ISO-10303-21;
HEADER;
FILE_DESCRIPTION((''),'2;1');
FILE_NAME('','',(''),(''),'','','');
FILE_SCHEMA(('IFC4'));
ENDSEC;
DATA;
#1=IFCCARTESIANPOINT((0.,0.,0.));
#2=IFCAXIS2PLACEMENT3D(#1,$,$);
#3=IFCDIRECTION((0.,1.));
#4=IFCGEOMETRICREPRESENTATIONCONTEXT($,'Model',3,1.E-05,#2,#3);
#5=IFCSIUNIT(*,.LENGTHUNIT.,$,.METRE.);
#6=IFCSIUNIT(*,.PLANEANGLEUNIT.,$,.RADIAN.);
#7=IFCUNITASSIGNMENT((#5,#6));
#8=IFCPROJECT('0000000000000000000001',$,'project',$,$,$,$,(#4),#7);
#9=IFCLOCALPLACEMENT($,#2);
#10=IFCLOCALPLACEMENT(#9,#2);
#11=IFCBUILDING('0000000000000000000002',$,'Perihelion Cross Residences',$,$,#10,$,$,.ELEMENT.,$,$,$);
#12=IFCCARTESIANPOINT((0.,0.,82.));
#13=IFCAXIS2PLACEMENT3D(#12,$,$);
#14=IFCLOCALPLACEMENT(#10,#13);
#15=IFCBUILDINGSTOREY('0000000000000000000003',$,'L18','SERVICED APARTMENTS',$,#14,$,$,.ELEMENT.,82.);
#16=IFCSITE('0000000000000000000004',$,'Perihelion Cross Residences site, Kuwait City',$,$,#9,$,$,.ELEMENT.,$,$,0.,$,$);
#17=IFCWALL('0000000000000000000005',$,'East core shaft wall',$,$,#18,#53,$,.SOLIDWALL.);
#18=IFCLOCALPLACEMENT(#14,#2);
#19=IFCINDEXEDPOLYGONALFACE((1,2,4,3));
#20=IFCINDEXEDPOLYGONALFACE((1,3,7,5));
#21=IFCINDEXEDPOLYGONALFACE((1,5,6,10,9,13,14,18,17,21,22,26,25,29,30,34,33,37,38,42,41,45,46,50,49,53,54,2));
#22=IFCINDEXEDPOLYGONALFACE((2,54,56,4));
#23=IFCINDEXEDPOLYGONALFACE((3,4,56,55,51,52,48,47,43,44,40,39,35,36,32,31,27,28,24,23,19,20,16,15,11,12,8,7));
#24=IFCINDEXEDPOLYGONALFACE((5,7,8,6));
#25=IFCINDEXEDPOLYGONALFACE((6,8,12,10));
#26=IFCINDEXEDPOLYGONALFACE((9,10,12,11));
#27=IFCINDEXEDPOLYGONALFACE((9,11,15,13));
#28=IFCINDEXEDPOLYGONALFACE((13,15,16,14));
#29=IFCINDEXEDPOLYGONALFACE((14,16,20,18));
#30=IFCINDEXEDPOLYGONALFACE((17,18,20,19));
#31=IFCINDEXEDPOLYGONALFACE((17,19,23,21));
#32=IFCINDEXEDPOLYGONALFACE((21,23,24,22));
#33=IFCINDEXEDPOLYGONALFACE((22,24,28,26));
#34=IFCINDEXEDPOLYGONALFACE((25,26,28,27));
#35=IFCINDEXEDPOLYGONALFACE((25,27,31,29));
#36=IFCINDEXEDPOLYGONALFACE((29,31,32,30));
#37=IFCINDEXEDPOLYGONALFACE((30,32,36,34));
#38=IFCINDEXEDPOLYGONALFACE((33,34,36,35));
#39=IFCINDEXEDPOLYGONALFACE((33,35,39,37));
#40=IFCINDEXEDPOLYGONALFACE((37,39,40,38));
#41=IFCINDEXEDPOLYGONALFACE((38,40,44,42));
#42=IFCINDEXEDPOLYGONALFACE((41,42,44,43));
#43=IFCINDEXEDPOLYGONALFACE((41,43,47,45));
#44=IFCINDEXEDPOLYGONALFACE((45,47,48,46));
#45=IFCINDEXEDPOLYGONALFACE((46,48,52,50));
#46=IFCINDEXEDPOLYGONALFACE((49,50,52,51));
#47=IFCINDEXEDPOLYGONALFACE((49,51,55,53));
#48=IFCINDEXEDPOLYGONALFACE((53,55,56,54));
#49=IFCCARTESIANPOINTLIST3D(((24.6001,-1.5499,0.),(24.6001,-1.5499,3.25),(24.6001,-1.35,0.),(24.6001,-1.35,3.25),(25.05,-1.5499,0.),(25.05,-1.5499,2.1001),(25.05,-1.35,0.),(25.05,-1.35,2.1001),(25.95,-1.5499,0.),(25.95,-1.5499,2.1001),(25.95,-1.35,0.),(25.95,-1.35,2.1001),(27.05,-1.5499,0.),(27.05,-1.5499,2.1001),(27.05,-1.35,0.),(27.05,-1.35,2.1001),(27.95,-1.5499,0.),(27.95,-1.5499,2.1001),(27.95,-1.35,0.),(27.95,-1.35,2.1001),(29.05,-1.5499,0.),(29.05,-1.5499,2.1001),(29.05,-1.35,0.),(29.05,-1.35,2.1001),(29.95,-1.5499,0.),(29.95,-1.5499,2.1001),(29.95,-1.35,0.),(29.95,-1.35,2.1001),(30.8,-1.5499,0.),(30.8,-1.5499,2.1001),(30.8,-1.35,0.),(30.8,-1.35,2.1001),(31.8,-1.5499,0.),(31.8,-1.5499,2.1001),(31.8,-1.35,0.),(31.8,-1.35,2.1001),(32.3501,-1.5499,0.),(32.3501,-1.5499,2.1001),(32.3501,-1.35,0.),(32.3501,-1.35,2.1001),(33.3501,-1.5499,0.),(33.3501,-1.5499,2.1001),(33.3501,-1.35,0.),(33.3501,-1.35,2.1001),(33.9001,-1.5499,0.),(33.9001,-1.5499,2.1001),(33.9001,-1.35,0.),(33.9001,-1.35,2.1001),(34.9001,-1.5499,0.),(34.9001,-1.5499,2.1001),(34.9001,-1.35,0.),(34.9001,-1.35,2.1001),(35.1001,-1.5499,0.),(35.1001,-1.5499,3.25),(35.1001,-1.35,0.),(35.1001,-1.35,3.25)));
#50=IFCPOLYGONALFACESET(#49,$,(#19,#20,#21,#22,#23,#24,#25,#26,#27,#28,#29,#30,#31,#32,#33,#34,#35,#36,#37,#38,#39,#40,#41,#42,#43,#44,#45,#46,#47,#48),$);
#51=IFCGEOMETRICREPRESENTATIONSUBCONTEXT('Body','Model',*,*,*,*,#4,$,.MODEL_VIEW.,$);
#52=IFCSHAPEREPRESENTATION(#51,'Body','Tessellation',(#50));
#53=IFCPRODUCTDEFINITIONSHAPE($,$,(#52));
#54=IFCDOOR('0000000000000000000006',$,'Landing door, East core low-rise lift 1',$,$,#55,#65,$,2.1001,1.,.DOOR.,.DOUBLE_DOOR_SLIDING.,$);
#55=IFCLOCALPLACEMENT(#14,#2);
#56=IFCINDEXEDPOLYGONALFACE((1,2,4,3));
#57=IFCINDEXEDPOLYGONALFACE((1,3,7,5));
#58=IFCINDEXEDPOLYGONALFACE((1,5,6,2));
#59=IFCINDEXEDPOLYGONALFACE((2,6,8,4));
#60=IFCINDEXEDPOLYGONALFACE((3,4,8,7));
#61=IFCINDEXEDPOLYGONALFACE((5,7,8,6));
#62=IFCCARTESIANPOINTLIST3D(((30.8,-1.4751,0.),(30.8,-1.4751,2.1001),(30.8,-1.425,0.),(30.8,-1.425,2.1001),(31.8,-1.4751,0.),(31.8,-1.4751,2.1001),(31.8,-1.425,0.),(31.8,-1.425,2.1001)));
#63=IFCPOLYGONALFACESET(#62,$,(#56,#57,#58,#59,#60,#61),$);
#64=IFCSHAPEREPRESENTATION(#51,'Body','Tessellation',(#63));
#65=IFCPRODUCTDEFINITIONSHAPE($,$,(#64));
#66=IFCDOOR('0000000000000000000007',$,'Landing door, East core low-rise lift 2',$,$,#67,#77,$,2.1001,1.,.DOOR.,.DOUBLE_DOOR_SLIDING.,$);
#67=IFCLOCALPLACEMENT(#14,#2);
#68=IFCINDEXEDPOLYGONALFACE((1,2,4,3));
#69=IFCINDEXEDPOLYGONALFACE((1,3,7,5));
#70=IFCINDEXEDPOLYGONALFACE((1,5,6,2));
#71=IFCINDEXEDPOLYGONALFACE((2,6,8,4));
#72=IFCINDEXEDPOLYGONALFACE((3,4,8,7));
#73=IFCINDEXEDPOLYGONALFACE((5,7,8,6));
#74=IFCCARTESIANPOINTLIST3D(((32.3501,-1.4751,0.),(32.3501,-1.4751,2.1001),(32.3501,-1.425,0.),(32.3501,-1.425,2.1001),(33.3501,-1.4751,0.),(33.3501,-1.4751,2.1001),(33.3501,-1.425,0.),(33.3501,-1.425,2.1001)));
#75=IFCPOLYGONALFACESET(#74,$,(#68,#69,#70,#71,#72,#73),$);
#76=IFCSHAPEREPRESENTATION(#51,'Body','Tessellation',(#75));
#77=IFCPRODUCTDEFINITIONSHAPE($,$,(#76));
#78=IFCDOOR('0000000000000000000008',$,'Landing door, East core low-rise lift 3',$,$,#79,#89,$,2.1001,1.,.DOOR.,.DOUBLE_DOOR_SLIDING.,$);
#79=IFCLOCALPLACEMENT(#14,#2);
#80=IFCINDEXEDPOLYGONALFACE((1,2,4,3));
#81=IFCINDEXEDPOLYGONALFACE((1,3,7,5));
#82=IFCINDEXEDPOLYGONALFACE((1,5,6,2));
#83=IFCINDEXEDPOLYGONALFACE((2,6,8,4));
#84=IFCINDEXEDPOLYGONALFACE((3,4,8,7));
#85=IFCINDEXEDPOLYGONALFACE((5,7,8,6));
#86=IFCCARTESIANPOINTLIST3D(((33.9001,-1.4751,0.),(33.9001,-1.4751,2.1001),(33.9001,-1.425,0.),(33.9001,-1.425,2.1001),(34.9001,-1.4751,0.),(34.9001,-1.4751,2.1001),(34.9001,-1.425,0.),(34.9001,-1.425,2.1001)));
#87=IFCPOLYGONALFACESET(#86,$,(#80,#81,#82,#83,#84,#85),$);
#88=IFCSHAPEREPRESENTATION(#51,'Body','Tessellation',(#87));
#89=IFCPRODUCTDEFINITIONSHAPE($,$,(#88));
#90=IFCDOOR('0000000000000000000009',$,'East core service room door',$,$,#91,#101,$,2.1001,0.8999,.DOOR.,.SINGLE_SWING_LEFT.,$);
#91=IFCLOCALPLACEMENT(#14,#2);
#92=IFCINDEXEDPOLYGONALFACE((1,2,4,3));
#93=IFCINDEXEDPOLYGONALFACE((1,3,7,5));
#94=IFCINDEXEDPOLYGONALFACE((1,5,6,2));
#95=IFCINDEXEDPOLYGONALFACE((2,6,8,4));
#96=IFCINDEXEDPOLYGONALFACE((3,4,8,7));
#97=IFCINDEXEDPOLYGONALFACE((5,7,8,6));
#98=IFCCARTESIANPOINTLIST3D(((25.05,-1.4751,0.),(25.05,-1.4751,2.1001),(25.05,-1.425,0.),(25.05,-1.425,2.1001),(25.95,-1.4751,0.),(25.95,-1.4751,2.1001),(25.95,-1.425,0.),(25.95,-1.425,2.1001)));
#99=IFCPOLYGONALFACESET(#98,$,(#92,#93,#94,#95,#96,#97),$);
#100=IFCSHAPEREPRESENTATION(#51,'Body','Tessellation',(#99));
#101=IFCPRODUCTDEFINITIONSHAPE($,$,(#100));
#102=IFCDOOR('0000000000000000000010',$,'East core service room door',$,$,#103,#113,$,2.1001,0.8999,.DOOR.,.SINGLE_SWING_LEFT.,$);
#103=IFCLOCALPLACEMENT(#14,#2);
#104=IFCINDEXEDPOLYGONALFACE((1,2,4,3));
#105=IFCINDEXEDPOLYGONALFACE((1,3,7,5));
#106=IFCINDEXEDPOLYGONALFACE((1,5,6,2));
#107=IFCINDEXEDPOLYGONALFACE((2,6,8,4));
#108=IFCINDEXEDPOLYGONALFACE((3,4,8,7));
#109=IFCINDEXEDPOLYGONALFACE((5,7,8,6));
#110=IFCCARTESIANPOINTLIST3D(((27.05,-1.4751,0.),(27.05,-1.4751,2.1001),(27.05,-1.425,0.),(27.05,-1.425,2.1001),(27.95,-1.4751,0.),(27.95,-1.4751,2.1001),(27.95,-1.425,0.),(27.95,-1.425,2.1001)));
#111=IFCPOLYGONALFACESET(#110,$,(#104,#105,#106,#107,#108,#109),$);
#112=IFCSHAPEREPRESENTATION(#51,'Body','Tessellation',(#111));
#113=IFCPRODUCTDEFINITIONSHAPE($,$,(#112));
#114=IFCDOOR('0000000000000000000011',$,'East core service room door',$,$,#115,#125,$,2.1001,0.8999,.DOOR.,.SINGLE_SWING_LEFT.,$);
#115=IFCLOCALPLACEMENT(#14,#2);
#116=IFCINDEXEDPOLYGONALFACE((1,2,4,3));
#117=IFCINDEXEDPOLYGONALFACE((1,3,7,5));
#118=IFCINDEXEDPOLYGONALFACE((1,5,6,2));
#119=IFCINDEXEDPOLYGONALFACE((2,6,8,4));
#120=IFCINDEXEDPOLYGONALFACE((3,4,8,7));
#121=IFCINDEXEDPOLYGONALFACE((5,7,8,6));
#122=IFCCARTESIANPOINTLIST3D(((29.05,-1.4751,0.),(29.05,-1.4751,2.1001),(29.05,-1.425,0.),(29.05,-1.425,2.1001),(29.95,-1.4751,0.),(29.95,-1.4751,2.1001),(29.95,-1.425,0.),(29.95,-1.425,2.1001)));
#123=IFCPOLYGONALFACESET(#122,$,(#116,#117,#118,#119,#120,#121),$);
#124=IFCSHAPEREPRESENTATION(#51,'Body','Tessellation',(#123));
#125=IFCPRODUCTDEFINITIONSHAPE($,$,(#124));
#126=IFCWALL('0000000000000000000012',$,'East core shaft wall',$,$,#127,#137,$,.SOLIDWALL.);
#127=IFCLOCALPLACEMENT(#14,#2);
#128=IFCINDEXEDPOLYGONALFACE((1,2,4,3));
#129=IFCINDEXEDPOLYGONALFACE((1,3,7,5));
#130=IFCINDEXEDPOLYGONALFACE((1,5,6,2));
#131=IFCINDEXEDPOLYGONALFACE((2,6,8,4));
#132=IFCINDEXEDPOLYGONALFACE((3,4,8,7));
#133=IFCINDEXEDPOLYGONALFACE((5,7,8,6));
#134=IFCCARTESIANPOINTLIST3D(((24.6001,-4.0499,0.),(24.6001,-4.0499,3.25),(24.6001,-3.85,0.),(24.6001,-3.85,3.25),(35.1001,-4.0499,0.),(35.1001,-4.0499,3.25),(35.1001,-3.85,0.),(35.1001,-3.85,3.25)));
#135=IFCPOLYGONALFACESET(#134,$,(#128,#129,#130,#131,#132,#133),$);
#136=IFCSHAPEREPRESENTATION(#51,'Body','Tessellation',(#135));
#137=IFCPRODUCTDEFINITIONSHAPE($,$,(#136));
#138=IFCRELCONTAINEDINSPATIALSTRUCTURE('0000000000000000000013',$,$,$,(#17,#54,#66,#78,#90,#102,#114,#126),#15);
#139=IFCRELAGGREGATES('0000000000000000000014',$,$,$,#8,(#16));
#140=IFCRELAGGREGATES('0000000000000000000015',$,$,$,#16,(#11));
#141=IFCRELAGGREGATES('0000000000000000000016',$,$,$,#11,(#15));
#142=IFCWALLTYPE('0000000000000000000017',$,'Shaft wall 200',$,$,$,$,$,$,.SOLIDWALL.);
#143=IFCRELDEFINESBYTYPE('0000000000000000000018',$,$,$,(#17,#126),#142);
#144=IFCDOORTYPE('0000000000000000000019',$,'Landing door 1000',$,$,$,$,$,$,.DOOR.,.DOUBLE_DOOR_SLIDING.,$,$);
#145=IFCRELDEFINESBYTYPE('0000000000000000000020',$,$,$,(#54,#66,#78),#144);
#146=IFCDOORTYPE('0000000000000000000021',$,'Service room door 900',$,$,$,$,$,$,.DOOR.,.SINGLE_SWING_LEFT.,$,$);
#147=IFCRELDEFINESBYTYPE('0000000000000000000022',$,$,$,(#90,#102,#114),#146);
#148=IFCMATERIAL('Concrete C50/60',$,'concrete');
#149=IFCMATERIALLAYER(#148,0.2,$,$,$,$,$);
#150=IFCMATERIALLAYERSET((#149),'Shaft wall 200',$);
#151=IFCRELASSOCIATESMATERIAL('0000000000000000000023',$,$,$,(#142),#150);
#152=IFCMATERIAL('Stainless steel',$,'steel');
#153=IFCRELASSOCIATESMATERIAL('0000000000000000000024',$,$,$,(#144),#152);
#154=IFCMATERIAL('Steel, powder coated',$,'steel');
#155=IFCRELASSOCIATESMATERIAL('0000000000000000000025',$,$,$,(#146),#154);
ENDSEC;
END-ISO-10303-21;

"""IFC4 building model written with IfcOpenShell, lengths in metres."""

from ifc_helpers import new_model, si_unit, direction, frame, frame_2d, origin, place, context, subcontext, project, spatial, rectangle, extrude, material, layer, layer_set, type_object, element, fill, save


model = new_model("IFC4")

# Units and contexts
model_context = context("Model", 3, precision=1e-05, world=origin(), true_north=direction((0.0, 1.0)))
body_context = subcontext(model_context, "Body", "Model", "MODEL_VIEW")
ifc_project = project(units=[si_unit("LENGTHUNIT", "METRE"), si_unit("PLANEANGLEUNIT", "RADIAN")], contexts=[model_context])

# Site, building, storey
site_placement = place(None, origin())
site = spatial("IfcSite", under=ifc_project, at=site_placement, Name="Perihelion Cross Residences site, Kuwait City", CompositionType="ELEMENT", RefElevation=0.0)
building_placement = place(site_placement, origin())
building = spatial("IfcBuilding", under=site, at=building_placement, Name="Perihelion Cross Residences", CompositionType="ELEMENT")
storey_placement = place(building_placement, frame((0.0, 0.0, 82.0)))
storey = spatial("IfcBuildingStorey", under=building, at=storey_placement, Name="L18", Description="SERVICED APARTMENTS", CompositionType="ELEMENT", Elevation=82.0)

# Wall, openings, doors
ifc_material_1 = material(Name="Concrete C50/60", Category="concrete")
ifc_layer_1 = layer(ifc_material_1, 0.2)
ifc_layer_set_1 = layer_set([ifc_layer_1], Name="Shaft wall 200")
wall_type_1 = type_object("IfcWallType", Name="Shaft wall 200", PredefinedType="SOLIDWALL", material=ifc_layer_set_1)
wall_1_placement = place(storey_placement, frame((24.6001, -1.45, 0.0), z_axis=(0.0, 0.0, 1.0), x_axis=(1.0, 0.0, 0.0)))
wall_1 = element("IfcWall", 1, at=wall_1_placement, inside=storey, type_object=wall_type_1, Name="East core shaft wall", PredefinedType="SOLIDWALL", context=body_context, shape_type="SweptSolid", body=[
    extrude(rectangle(XDim=10.5, YDim=0.2, at=frame_2d((5.25, 0.0))), origin(), (0.0, 0.0, 1.0), 3.25),
])
opening_1_placement = place(wall_1_placement, frame((6.2, 0.0, 0.0)))
opening_1 = element("IfcOpeningElement", 2, at=opening_1_placement, cuts=wall_1, PredefinedType="OPENING", context=body_context, shape_type="SweptSolid", body=[
    extrude(rectangle(XDim=1.0, YDim=2.1001, at=frame_2d((0.5, 1.05))), frame((0.0, 0.1099, 0.0), z_axis=(0.0, -1.0, 0.0), x_axis=(1.0, 0.0, 0.0)), (0.0, 0.0, 1.0), 0.22),
])
opening_2_placement = place(wall_1_placement, frame((7.75, 0.0, 0.0)))
opening_2 = element("IfcOpeningElement", 3, at=opening_2_placement, cuts=wall_1, PredefinedType="OPENING", context=body_context, shape_type="SweptSolid", body=[
    extrude(rectangle(XDim=1.0, YDim=2.1001, at=frame_2d((0.5, 1.05))), frame((0.0, 0.1099, 0.0), z_axis=(0.0, -1.0, 0.0), x_axis=(1.0, 0.0, 0.0)), (0.0, 0.0, 1.0), 0.22),
])
opening_3_placement = place(wall_1_placement, frame((9.3, 0.0, 0.0)))
opening_3 = element("IfcOpeningElement", 4, at=opening_3_placement, cuts=wall_1, PredefinedType="OPENING", context=body_context, shape_type="SweptSolid", body=[
    extrude(rectangle(XDim=1.0, YDim=2.1001, at=frame_2d((0.5, 1.05))), frame((0.0, 0.1099, 0.0), z_axis=(0.0, -1.0, 0.0), x_axis=(1.0, 0.0, 0.0)), (0.0, 0.0, 1.0), 0.22),
])
opening_4_placement = place(wall_1_placement, frame((0.45, 0.0, 0.0)))
opening_4 = element("IfcOpeningElement", 5, at=opening_4_placement, cuts=wall_1, PredefinedType="OPENING", context=body_context, shape_type="SweptSolid", body=[
    extrude(rectangle(XDim=0.8999, YDim=2.1001, at=frame_2d((0.45, 1.05))), frame((0.0, 0.1099, 0.0), z_axis=(0.0, -1.0, 0.0), x_axis=(1.0, 0.0, 0.0)), (0.0, 0.0, 1.0), 0.22),
])
opening_5_placement = place(wall_1_placement, frame((2.45, 0.0, 0.0)))
opening_5 = element("IfcOpeningElement", 6, at=opening_5_placement, cuts=wall_1, PredefinedType="OPENING", context=body_context, shape_type="SweptSolid", body=[
    extrude(rectangle(XDim=0.8999, YDim=2.1001, at=frame_2d((0.45, 1.05))), frame((0.0, 0.1099, 0.0), z_axis=(0.0, -1.0, 0.0), x_axis=(1.0, 0.0, 0.0)), (0.0, 0.0, 1.0), 0.22),
])
opening_6_placement = place(wall_1_placement, frame((4.45, 0.0, 0.0)))
opening_6 = element("IfcOpeningElement", 7, at=opening_6_placement, cuts=wall_1, PredefinedType="OPENING", context=body_context, shape_type="SweptSolid", body=[
    extrude(rectangle(XDim=0.8999, YDim=2.1001, at=frame_2d((0.45, 1.05))), frame((0.0, 0.1099, 0.0), z_axis=(0.0, -1.0, 0.0), x_axis=(1.0, 0.0, 0.0)), (0.0, 0.0, 1.0), 0.22),
])
ifc_material_2 = material(Name="Stainless steel", Category="steel")
door_type_1 = type_object("IfcDoorType", Name="Landing door 1000", OperationType="DOUBLE_DOOR_SLIDING", PredefinedType="DOOR", material=ifc_material_2)
door_1_placement = place(opening_1_placement, origin())
door_1 = element("IfcDoor", 8, at=door_1_placement, inside=storey, type_object=door_type_1, Name="Landing door, East core low-rise lift 1", OperationType="DOUBLE_DOOR_SLIDING", OverallHeight=2.1001, OverallWidth=1.0, PredefinedType="DOOR", context=body_context, shape_type="SweptSolid", body=[
    extrude(rectangle(XDim=1.0, YDim=2.1001, at=frame_2d((0.5, 1.05))), frame((0.0, 0.0249, 0.0), z_axis=(0.0, -1.0, 0.0), x_axis=(1.0, 0.0, 0.0)), (0.0, 0.0, 1.0), 0.05),
])
fill(opening_1, door_1)
door_2_placement = place(opening_2_placement, origin())
door_2 = element("IfcDoor", 9, at=door_2_placement, inside=storey, type_object=door_type_1, Name="Landing door, East core low-rise lift 2", OperationType="DOUBLE_DOOR_SLIDING", OverallHeight=2.1001, OverallWidth=1.0, PredefinedType="DOOR", context=body_context, shape_type="SweptSolid", body=[
    extrude(rectangle(XDim=1.0, YDim=2.1001, at=frame_2d((0.5, 1.05))), frame((0.0, 0.0249, 0.0), z_axis=(0.0, -1.0, 0.0), x_axis=(1.0, 0.0, 0.0)), (0.0, 0.0, 1.0), 0.05),
])
fill(opening_2, door_2)
door_3_placement = place(opening_3_placement, origin())
door_3 = element("IfcDoor", 10, at=door_3_placement, inside=storey, type_object=door_type_1, Name="Landing door, East core low-rise lift 3", OperationType="DOUBLE_DOOR_SLIDING", OverallHeight=2.1001, OverallWidth=1.0, PredefinedType="DOOR", context=body_context, shape_type="SweptSolid", body=[
    extrude(rectangle(XDim=1.0, YDim=2.1001, at=frame_2d((0.5, 1.05))), frame((0.0, 0.0249, 0.0), z_axis=(0.0, -1.0, 0.0), x_axis=(1.0, 0.0, 0.0)), (0.0, 0.0, 1.0), 0.05),
])
fill(opening_3, door_3)
ifc_material_3 = material(Name="Steel, powder coated", Category="steel")
door_type_2 = type_object("IfcDoorType", Name="Service room door 900", OperationType="SINGLE_SWING_LEFT", PredefinedType="DOOR", material=ifc_material_3)
door_4_placement = place(opening_4_placement, origin())
door_4 = element("IfcDoor", 11, at=door_4_placement, inside=storey, type_object=door_type_2, Name="East core service room door", OperationType="SINGLE_SWING_LEFT", OverallHeight=2.1001, OverallWidth=0.8999, PredefinedType="DOOR", context=body_context, shape_type="SweptSolid", body=[
    extrude(rectangle(XDim=0.8999, YDim=2.1001, at=frame_2d((0.45, 1.05))), frame((0.0, 0.0249, 0.0), z_axis=(0.0, -1.0, 0.0), x_axis=(1.0, 0.0, 0.0)), (0.0, 0.0, 1.0), 0.05),
])
fill(opening_4, door_4)
door_5_placement = place(opening_5_placement, origin())
door_5 = element("IfcDoor", 12, at=door_5_placement, inside=storey, type_object=door_type_2, Name="East core service room door", OperationType="SINGLE_SWING_LEFT", OverallHeight=2.1001, OverallWidth=0.8999, PredefinedType="DOOR", context=body_context, shape_type="SweptSolid", body=[
    extrude(rectangle(XDim=0.8999, YDim=2.1001, at=frame_2d((0.45, 1.05))), frame((0.0, 0.0249, 0.0), z_axis=(0.0, -1.0, 0.0), x_axis=(1.0, 0.0, 0.0)), (0.0, 0.0, 1.0), 0.05),
])
fill(opening_5, door_5)
door_6_placement = place(opening_6_placement, origin())
door_6 = element("IfcDoor", 13, at=door_6_placement, inside=storey, type_object=door_type_2, Name="East core service room door", OperationType="SINGLE_SWING_LEFT", OverallHeight=2.1001, OverallWidth=0.8999, PredefinedType="DOOR", context=body_context, shape_type="SweptSolid", body=[
    extrude(rectangle(XDim=0.8999, YDim=2.1001, at=frame_2d((0.45, 1.05))), frame((0.0, 0.0249, 0.0), z_axis=(0.0, -1.0, 0.0), x_axis=(1.0, 0.0, 0.0)), (0.0, 0.0, 1.0), 0.05),
])
fill(opening_6, door_6)

# Wall
wall_2_placement = place(storey_placement, frame((24.6001, -3.95, 0.0), z_axis=(0.0, 0.0, 1.0), x_axis=(1.0, 0.0, 0.0)))
element("IfcWall", 14, at=wall_2_placement, inside=storey, type_object=wall_type_1, Name="East core shaft wall", PredefinedType="SOLIDWALL", context=body_context, shape_type="SweptSolid", body=[
    extrude(rectangle(XDim=10.5, YDim=0.2, at=frame_2d((5.25, 0.0))), origin(), (0.0, 0.0, 1.0), 3.25),
])

save(model, "model.ifc")
